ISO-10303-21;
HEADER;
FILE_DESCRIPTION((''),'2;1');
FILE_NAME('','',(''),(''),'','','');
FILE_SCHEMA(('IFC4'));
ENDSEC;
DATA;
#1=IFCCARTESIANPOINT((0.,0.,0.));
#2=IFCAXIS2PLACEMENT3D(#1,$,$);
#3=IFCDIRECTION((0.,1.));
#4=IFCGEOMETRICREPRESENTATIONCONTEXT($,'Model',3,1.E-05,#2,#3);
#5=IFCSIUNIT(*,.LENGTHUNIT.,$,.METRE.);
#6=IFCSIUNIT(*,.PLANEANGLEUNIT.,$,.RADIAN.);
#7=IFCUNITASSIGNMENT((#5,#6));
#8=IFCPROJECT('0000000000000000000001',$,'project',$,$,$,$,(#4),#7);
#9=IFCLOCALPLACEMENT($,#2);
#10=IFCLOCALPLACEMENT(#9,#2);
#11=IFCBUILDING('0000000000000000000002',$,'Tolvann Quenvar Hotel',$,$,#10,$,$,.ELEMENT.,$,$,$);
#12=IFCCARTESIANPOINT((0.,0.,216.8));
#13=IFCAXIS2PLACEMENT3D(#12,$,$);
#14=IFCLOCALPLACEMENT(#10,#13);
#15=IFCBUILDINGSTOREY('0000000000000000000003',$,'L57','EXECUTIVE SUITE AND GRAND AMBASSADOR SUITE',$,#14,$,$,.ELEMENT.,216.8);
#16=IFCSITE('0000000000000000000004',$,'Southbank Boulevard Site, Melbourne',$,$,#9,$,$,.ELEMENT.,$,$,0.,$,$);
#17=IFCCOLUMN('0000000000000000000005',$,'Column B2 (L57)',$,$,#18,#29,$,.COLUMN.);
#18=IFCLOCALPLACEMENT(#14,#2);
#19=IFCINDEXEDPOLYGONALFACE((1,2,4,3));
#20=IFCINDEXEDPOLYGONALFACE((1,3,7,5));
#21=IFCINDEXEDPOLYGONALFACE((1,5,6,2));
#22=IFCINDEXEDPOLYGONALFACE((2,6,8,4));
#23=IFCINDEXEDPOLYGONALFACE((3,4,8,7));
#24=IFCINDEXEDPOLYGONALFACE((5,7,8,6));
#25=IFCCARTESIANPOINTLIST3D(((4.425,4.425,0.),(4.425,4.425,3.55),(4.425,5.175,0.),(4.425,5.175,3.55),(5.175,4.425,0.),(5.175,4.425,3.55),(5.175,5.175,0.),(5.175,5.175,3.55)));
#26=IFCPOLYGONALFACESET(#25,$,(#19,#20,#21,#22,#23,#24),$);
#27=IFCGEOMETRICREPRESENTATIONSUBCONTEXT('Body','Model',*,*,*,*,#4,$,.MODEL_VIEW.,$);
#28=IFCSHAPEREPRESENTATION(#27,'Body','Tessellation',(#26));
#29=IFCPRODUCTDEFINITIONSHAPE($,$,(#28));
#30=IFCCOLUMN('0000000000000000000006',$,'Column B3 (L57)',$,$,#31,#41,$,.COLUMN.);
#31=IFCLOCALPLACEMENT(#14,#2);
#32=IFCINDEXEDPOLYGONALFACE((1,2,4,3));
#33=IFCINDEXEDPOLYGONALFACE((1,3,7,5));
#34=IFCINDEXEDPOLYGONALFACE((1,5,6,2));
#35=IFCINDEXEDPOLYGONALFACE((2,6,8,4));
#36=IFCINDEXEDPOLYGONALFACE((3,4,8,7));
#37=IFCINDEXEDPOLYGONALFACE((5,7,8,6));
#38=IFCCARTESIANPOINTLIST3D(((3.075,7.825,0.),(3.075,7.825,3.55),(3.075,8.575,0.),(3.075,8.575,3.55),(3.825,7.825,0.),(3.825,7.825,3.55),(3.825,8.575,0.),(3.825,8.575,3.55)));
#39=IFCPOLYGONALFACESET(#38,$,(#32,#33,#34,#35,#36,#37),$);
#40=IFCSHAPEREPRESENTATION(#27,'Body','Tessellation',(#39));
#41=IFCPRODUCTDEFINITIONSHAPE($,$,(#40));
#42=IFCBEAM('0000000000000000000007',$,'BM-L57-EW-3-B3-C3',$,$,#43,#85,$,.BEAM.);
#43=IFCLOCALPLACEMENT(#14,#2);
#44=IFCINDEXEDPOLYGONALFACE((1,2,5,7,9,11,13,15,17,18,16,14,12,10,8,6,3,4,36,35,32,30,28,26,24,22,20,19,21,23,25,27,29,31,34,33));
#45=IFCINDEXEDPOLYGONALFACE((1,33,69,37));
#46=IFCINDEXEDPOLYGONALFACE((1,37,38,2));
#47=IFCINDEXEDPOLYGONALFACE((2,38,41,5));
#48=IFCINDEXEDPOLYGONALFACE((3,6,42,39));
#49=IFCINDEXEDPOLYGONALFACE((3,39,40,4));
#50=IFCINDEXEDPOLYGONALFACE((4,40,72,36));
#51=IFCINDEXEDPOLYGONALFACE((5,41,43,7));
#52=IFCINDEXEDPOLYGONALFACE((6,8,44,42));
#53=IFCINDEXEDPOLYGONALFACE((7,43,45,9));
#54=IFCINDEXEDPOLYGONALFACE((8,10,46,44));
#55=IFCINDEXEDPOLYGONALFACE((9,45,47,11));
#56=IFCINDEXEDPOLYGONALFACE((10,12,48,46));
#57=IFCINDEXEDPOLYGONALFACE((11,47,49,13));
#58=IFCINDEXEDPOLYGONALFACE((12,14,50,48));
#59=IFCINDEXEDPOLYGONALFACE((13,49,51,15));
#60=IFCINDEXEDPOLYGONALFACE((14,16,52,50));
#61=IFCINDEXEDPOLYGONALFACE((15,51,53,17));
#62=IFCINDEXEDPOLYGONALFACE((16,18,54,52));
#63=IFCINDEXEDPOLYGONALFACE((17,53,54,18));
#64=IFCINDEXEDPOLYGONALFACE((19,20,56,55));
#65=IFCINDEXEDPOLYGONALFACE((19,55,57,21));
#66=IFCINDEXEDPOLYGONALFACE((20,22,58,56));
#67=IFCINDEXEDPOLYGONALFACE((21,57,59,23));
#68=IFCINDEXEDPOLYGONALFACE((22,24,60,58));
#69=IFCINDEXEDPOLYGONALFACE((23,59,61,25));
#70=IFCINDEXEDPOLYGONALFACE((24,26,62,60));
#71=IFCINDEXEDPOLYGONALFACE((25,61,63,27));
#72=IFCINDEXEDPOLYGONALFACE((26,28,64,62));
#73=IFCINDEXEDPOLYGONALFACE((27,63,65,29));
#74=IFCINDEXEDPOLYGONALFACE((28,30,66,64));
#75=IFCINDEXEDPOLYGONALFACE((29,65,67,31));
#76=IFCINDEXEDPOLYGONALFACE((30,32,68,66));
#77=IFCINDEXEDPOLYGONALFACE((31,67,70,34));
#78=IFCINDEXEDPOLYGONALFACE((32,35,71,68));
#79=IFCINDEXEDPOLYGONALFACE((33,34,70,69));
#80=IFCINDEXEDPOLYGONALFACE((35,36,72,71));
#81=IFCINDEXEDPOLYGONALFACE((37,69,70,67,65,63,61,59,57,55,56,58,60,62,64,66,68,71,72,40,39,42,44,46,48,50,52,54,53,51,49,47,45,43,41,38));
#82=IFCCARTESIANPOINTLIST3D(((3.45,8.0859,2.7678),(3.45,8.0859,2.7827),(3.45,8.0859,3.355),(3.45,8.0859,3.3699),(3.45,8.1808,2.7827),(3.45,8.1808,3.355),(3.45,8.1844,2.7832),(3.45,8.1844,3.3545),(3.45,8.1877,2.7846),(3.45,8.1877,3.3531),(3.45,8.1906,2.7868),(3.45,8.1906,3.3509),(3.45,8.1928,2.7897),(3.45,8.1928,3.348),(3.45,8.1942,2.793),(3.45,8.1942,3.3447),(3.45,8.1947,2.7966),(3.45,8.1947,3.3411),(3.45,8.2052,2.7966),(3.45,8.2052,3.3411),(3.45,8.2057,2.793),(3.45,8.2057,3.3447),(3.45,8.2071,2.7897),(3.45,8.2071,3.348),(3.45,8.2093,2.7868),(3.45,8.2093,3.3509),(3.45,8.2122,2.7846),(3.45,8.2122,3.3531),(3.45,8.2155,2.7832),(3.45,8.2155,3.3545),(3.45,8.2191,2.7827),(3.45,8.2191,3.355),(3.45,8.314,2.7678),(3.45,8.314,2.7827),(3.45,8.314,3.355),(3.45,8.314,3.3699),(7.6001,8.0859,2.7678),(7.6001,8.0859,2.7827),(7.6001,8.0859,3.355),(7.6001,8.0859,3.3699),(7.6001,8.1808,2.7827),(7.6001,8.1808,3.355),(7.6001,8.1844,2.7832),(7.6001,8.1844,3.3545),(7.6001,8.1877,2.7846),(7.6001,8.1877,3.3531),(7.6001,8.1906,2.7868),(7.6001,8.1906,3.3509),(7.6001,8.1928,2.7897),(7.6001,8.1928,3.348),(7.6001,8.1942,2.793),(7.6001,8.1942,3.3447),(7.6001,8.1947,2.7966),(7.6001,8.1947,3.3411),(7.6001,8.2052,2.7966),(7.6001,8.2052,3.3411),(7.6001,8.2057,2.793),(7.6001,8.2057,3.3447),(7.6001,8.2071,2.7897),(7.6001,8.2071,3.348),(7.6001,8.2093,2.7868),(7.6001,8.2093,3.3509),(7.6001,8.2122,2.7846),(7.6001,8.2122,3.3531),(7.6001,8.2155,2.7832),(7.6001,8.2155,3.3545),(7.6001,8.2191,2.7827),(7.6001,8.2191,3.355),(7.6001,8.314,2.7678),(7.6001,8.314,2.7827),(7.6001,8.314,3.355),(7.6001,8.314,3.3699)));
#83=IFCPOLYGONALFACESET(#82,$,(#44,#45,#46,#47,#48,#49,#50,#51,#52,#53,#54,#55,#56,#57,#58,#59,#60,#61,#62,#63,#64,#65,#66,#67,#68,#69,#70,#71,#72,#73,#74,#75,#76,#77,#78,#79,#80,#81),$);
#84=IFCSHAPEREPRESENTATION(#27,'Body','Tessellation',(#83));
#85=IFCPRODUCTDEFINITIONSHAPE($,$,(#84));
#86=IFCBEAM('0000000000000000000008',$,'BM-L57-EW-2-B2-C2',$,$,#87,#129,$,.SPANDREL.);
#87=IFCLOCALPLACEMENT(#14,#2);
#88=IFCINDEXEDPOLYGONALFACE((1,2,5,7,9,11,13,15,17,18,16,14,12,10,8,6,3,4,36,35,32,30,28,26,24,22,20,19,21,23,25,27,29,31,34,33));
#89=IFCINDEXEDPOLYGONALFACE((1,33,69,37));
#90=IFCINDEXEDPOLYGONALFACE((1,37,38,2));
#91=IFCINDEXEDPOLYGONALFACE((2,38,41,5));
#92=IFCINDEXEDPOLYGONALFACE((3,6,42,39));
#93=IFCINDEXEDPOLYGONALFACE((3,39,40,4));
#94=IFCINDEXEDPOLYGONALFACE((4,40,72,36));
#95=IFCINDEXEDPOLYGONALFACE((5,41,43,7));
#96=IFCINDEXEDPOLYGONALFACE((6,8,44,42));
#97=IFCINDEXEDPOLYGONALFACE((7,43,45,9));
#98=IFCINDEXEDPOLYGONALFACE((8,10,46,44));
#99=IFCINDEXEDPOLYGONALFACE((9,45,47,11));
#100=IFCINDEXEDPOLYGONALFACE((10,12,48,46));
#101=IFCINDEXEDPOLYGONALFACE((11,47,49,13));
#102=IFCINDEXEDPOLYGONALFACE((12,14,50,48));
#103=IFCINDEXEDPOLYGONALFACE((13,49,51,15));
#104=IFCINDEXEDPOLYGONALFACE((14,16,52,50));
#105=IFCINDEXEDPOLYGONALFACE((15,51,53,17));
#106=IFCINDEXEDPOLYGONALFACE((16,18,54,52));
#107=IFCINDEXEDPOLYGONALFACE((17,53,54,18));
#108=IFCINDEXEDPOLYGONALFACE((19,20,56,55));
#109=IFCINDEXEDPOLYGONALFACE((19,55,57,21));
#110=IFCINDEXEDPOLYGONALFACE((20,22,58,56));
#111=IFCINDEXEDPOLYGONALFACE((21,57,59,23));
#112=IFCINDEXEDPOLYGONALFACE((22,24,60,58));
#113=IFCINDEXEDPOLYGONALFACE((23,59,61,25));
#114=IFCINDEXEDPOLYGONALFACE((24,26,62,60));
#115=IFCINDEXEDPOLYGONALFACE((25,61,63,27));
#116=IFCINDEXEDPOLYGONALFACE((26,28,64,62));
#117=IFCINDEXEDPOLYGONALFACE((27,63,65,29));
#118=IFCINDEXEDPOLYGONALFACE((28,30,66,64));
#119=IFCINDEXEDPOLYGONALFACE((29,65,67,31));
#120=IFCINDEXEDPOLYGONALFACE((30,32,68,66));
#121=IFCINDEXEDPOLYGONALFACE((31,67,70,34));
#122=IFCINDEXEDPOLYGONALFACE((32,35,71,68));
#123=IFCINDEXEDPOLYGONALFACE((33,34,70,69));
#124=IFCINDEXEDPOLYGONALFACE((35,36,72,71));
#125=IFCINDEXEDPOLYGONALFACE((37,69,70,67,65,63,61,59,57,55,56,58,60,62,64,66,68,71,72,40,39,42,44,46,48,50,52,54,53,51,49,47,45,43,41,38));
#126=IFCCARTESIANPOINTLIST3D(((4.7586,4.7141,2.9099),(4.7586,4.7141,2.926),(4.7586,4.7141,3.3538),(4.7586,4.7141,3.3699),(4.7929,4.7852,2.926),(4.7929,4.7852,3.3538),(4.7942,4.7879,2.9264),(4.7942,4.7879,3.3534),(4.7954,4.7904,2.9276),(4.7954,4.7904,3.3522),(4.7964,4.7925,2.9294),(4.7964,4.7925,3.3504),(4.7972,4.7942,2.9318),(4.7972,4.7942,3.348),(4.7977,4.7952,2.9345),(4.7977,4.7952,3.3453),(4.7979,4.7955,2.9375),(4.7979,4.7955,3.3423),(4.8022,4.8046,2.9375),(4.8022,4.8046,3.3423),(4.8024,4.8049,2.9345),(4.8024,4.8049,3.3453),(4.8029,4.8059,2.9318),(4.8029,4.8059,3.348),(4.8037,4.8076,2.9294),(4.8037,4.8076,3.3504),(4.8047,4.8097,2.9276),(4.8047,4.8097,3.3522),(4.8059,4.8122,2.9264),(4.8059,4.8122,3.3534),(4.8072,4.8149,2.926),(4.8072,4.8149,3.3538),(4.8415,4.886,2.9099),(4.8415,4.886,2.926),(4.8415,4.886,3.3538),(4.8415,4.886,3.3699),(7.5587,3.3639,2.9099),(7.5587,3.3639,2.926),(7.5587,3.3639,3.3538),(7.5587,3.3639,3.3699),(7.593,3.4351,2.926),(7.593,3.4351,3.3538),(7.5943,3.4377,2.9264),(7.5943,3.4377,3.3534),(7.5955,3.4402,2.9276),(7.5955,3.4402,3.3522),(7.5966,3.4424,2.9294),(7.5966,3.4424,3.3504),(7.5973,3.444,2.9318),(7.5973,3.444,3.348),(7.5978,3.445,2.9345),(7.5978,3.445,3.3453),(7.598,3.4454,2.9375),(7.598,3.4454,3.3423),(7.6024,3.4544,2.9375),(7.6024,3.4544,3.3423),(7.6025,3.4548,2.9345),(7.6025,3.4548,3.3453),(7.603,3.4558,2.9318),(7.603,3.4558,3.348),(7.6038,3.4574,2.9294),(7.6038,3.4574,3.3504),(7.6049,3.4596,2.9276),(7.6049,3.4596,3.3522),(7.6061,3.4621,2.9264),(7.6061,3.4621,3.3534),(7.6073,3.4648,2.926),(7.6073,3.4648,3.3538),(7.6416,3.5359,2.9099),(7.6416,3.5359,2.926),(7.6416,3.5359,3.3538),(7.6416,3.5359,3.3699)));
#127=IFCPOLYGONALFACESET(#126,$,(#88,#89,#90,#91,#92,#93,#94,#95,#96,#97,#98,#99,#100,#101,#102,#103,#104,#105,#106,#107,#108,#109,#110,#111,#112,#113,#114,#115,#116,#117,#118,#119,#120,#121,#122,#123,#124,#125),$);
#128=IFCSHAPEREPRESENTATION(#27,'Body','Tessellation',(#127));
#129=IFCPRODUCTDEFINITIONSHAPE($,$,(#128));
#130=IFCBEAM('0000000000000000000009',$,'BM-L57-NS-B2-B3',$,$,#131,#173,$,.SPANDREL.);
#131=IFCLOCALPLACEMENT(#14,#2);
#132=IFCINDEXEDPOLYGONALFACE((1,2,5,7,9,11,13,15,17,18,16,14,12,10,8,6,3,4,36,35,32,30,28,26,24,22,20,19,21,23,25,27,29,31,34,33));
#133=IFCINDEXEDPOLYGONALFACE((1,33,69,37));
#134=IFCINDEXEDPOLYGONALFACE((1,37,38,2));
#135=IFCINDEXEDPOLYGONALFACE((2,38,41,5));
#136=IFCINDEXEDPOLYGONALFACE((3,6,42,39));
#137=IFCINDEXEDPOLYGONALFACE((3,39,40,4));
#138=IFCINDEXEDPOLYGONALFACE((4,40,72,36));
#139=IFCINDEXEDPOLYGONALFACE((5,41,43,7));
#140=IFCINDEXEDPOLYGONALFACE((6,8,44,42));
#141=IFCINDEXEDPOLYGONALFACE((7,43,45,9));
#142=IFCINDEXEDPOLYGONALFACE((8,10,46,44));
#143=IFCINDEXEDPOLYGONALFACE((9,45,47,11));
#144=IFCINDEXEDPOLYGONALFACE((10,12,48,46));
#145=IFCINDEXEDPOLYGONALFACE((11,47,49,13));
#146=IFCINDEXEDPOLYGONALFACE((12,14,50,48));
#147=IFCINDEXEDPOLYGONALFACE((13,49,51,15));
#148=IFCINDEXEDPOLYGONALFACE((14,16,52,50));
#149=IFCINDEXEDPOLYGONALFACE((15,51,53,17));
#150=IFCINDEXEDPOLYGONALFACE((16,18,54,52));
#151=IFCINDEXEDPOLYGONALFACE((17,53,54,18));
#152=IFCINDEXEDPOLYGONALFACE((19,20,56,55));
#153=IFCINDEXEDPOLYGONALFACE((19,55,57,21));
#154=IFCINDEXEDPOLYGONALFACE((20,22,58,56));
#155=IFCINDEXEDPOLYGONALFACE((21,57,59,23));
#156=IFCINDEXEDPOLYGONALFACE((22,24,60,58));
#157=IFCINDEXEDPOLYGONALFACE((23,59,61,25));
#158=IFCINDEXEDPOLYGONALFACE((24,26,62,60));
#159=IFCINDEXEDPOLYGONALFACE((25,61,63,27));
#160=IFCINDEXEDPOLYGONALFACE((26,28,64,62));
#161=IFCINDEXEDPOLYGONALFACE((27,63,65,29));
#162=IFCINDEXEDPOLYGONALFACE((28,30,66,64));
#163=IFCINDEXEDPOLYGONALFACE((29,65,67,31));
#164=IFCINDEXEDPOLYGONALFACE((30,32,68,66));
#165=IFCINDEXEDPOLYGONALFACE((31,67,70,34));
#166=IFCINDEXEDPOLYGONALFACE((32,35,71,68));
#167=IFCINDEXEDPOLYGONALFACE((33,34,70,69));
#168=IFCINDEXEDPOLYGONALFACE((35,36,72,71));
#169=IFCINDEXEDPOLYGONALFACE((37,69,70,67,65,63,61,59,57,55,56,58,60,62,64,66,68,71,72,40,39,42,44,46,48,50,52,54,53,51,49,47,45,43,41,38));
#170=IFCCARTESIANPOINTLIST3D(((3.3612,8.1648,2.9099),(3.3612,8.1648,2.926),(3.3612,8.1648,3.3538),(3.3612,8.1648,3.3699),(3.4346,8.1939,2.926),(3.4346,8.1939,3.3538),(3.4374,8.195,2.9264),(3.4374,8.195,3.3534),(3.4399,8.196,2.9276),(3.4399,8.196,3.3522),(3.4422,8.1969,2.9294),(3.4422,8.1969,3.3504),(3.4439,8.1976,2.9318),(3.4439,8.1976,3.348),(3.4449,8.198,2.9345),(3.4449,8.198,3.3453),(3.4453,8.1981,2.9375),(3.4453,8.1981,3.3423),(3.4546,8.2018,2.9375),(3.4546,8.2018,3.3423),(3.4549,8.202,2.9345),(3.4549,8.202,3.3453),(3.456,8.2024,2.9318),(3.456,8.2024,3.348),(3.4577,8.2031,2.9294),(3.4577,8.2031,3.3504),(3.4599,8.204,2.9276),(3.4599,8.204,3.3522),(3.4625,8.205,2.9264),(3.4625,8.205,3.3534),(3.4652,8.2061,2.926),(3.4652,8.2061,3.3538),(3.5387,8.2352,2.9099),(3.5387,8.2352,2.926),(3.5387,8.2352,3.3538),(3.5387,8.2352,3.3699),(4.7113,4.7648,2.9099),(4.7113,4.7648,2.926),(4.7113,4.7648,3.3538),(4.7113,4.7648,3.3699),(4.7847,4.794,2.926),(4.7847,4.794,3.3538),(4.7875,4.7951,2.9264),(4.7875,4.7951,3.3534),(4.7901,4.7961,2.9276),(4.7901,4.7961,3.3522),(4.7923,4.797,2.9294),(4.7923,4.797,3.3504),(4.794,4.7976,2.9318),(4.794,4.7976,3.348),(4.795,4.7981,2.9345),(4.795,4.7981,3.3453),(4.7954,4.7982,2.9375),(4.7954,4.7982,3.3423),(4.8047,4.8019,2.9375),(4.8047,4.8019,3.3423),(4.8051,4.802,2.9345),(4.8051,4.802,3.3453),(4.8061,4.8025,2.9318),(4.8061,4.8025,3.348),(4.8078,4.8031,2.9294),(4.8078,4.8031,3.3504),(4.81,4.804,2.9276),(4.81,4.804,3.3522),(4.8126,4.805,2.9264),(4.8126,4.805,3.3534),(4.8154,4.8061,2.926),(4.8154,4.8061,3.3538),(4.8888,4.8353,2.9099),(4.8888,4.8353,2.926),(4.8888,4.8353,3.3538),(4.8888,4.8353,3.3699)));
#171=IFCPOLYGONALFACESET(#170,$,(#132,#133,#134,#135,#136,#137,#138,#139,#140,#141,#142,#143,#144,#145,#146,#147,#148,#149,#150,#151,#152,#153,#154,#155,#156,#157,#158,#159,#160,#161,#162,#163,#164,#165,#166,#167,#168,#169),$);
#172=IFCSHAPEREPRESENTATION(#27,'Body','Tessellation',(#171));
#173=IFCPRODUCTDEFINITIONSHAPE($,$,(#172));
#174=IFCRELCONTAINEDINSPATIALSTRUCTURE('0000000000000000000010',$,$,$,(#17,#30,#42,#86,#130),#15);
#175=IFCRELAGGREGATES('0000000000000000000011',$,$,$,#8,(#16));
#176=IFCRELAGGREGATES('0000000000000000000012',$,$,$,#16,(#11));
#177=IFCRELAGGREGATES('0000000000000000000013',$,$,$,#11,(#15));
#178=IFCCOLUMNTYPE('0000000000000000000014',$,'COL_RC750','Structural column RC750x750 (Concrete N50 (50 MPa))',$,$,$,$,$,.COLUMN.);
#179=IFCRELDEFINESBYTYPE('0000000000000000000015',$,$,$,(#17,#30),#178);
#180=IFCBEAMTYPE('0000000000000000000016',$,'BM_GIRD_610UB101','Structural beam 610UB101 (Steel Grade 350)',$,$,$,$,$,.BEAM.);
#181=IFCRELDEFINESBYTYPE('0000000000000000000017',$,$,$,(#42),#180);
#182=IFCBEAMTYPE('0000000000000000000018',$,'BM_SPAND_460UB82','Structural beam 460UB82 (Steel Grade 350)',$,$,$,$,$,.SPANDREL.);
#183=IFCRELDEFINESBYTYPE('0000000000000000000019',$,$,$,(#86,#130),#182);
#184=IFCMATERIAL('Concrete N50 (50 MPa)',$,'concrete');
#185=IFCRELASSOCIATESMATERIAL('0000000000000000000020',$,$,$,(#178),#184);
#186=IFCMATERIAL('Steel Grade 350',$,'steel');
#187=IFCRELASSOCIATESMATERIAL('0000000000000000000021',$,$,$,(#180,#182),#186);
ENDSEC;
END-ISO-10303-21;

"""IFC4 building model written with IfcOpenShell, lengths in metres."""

from ifc_helpers import new_model, si_unit, direction, frame, origin, origin_2d, place, context, subcontext, project, spatial, rectangle, i_section, extrude, source, transform, mapped, material, material_profile, profile_set, type_object, type_shapes, element, save


model = new_model("IFC4")

# Units and contexts
model_context = context("Model", 3, precision=1e-05, world=origin(), true_north=direction((0.0, 1.0)))
body_context = subcontext(model_context, "Body", "Model", "MODEL_VIEW")
ifc_project = project(units=[si_unit("LENGTHUNIT", "METRE"), si_unit("PLANEANGLEUNIT", "RADIAN")], contexts=[model_context])

# Site, building, storey
site_placement = place(None, origin())
site = spatial("IfcSite", under=ifc_project, at=site_placement, Name="Southbank Boulevard Site, Melbourne", CompositionType="ELEMENT", RefElevation=0.0)
building_placement = place(site_placement, origin())
building = spatial("IfcBuilding", under=site, at=building_placement, Name="Tolvann Quenvar Hotel", CompositionType="ELEMENT")
storey_placement = place(building_placement, frame((0.0, 0.0, 216.8)))
storey = spatial("IfcBuildingStorey", under=building, at=storey_placement, Name="L57", Description="EXECUTIVE SUITE AND GRAND AMBASSADOR SUITE", CompositionType="ELEMENT", Elevation=216.8)

# Columns
ifc_material_1 = material(Name="Concrete N50 (50 MPa)", Category="concrete")
ifc_material_profile_1 = material_profile(ifc_material_1, rectangle(XDim=0.75, YDim=0.75, at=origin_2d()), Name="RC750x750")
ifc_profile_set_1 = profile_set([ifc_material_profile_1], Name="Concrete N50 (50 MPa)")
column_type = type_object("IfcColumnType", Name="COL_RC750", Description="Structural column RC750x750 (Concrete N50 (50 MPa))", PredefinedType="COLUMN", material=ifc_profile_set_1)
shared_shape_1 = source(origin(), body_context, "Body", "SweptSolid", [
    extrude(rectangle(XDim=0.75, YDim=0.75, at=origin_2d()), origin(), (0.0, 0.0, 1.0), 3.55),
])
type_shapes(column_type, [shared_shape_1])
for number, where, z_axis, x_axis, name in (
    (1, (4.8, 4.8, 0.0), (0.0, 0.0, 1.0), (1.0, 0.0, 0.0), "Column B2 (L57)"),
    (2, (3.45, 8.2, 0.0), (0.0, 0.0, 1.0), (1.0, 0.0, 0.0), "Column B3 (L57)"),
):
    element("IfcColumn", number, at=place(storey_placement, frame(where, z_axis=z_axis, x_axis=x_axis)), inside=storey, type_object=column_type, Name=name, PredefinedType="COLUMN", context=body_context, shape_type="MappedRepresentation", body=[
        mapped(shared_shape_1, transform((0.0, 0.0, 0.0), x_axis=(1.0, 0.0, 0.0), y_axis=(0.0, 1.0, 0.0), z_axis=(0.0, 0.0, 1.0), scale=1.0)),
    ])

# Beams
ifc_material_2 = material(Name="Steel Grade 350", Category="steel")
ifc_material_profile_2 = material_profile(ifc_material_2, i_section(OverallWidth=0.228, OverallDepth=0.6021, WebThickness=0.0105, FlangeThickness=0.0149, FilletRadius=0.0139, at=origin_2d()), Name="610UB101")
ifc_profile_set_2 = profile_set([ifc_material_profile_2], Name="Steel Grade 350")
beam_type_1 = type_object("IfcBeamType", Name="BM_GIRD_610UB101", Description="Structural beam 610UB101 (Steel Grade 350)", PredefinedType="BEAM", material=ifc_profile_set_2)
shared_shape_2 = source(origin(), body_context, "Body", "SweptSolid", [
    extrude(i_section(OverallWidth=0.228, OverallDepth=0.6021, WebThickness=0.0105, FlangeThickness=0.0149, FilletRadius=0.0139, at=origin_2d()), origin(), (0.0, 0.0, 1.0), 4.1501),
])
type_shapes(beam_type_1, [shared_shape_2])
beam_1_placement = place(storey_placement, frame((3.45, 8.2, 3.0688), z_axis=(1.0, 0.0, 0.0), x_axis=(0.0, 1.0, 0.0)))
element("IfcBeam", 3, at=beam_1_placement, inside=storey, type_object=beam_type_1, Name="BM-L57-EW-3-B3-C3", PredefinedType="BEAM", context=body_context, shape_type="MappedRepresentation", body=[
    mapped(shared_shape_2, transform((0.0, 0.0, 0.0), x_axis=(1.0, 0.0, 0.0), y_axis=(0.0, 1.0, 0.0), z_axis=(0.0, 0.0, 1.0), scale=1.0)),
])
ifc_material_profile_3 = material_profile(ifc_material_2, i_section(OverallWidth=0.1909, OverallDepth=0.46, WebThickness=0.01, FlangeThickness=0.0161, FilletRadius=0.0115, at=origin_2d()), Name="460UB82")
ifc_profile_set_3 = profile_set([ifc_material_profile_3], Name="Steel Grade 350")
beam_type_2 = type_object("IfcBeamType", Name="BM_SPAND_460UB82", Description="Structural beam 460UB82 (Steel Grade 350)", PredefinedType="SPANDREL", material=ifc_profile_set_3)
shared_shape_3 = source(origin(), body_context, "Body", "SweptSolid", [
    extrude(i_section(OverallWidth=0.1909, OverallDepth=0.46, WebThickness=0.01, FlangeThickness=0.0161, FilletRadius=0.0115, at=origin_2d()), origin(), (0.0, 0.0, 1.0), 3.1086),
])
beam_2_placement = place(storey_placement, frame((4.8, 4.8, 3.1399), z_axis=(0.900759, -0.434319, 0.0), x_axis=(0.434319, 0.900759, 0.0)))
element("IfcBeam", 4, at=beam_2_placement, inside=storey, type_object=beam_type_2, Name="BM-L57-EW-2-B2-C2", PredefinedType="SPANDREL", context=body_context, shape_type="MappedRepresentation", body=[
    mapped(shared_shape_3, transform((0.0, 0.0, 0.0), x_axis=(1.0, 0.0, 0.0), y_axis=(0.0, 1.0, 0.0), z_axis=(0.0, 0.0, 1.0), scale=1.0)),
])
shared_shape_4 = source(origin(), body_context, "Body", "SweptSolid", [
    extrude(i_section(OverallWidth=0.1909, OverallDepth=0.46, WebThickness=0.01, FlangeThickness=0.0161, FilletRadius=0.0115, at=origin_2d()), origin(), (0.0, 0.0, 1.0), 3.6582),
])
beam_3_placement = place(storey_placement, frame((4.8, 4.8, 3.1399), z_axis=(-0.369065, 0.929404, 0.0), x_axis=(-0.929404, -0.369065, 0.0)))
element("IfcBeam", 5, at=beam_3_placement, inside=storey, type_object=beam_type_2, Name="BM-L57-NS-B2-B3", PredefinedType="SPANDREL", context=body_context, shape_type="MappedRepresentation", body=[
    mapped(shared_shape_4, transform((0.0, 0.0, 0.0), x_axis=(1.0, 0.0, 0.0), y_axis=(0.0, 1.0, 0.0), z_axis=(0.0, 0.0, 1.0), scale=1.0)),
])

save(model, "model.ifc")
